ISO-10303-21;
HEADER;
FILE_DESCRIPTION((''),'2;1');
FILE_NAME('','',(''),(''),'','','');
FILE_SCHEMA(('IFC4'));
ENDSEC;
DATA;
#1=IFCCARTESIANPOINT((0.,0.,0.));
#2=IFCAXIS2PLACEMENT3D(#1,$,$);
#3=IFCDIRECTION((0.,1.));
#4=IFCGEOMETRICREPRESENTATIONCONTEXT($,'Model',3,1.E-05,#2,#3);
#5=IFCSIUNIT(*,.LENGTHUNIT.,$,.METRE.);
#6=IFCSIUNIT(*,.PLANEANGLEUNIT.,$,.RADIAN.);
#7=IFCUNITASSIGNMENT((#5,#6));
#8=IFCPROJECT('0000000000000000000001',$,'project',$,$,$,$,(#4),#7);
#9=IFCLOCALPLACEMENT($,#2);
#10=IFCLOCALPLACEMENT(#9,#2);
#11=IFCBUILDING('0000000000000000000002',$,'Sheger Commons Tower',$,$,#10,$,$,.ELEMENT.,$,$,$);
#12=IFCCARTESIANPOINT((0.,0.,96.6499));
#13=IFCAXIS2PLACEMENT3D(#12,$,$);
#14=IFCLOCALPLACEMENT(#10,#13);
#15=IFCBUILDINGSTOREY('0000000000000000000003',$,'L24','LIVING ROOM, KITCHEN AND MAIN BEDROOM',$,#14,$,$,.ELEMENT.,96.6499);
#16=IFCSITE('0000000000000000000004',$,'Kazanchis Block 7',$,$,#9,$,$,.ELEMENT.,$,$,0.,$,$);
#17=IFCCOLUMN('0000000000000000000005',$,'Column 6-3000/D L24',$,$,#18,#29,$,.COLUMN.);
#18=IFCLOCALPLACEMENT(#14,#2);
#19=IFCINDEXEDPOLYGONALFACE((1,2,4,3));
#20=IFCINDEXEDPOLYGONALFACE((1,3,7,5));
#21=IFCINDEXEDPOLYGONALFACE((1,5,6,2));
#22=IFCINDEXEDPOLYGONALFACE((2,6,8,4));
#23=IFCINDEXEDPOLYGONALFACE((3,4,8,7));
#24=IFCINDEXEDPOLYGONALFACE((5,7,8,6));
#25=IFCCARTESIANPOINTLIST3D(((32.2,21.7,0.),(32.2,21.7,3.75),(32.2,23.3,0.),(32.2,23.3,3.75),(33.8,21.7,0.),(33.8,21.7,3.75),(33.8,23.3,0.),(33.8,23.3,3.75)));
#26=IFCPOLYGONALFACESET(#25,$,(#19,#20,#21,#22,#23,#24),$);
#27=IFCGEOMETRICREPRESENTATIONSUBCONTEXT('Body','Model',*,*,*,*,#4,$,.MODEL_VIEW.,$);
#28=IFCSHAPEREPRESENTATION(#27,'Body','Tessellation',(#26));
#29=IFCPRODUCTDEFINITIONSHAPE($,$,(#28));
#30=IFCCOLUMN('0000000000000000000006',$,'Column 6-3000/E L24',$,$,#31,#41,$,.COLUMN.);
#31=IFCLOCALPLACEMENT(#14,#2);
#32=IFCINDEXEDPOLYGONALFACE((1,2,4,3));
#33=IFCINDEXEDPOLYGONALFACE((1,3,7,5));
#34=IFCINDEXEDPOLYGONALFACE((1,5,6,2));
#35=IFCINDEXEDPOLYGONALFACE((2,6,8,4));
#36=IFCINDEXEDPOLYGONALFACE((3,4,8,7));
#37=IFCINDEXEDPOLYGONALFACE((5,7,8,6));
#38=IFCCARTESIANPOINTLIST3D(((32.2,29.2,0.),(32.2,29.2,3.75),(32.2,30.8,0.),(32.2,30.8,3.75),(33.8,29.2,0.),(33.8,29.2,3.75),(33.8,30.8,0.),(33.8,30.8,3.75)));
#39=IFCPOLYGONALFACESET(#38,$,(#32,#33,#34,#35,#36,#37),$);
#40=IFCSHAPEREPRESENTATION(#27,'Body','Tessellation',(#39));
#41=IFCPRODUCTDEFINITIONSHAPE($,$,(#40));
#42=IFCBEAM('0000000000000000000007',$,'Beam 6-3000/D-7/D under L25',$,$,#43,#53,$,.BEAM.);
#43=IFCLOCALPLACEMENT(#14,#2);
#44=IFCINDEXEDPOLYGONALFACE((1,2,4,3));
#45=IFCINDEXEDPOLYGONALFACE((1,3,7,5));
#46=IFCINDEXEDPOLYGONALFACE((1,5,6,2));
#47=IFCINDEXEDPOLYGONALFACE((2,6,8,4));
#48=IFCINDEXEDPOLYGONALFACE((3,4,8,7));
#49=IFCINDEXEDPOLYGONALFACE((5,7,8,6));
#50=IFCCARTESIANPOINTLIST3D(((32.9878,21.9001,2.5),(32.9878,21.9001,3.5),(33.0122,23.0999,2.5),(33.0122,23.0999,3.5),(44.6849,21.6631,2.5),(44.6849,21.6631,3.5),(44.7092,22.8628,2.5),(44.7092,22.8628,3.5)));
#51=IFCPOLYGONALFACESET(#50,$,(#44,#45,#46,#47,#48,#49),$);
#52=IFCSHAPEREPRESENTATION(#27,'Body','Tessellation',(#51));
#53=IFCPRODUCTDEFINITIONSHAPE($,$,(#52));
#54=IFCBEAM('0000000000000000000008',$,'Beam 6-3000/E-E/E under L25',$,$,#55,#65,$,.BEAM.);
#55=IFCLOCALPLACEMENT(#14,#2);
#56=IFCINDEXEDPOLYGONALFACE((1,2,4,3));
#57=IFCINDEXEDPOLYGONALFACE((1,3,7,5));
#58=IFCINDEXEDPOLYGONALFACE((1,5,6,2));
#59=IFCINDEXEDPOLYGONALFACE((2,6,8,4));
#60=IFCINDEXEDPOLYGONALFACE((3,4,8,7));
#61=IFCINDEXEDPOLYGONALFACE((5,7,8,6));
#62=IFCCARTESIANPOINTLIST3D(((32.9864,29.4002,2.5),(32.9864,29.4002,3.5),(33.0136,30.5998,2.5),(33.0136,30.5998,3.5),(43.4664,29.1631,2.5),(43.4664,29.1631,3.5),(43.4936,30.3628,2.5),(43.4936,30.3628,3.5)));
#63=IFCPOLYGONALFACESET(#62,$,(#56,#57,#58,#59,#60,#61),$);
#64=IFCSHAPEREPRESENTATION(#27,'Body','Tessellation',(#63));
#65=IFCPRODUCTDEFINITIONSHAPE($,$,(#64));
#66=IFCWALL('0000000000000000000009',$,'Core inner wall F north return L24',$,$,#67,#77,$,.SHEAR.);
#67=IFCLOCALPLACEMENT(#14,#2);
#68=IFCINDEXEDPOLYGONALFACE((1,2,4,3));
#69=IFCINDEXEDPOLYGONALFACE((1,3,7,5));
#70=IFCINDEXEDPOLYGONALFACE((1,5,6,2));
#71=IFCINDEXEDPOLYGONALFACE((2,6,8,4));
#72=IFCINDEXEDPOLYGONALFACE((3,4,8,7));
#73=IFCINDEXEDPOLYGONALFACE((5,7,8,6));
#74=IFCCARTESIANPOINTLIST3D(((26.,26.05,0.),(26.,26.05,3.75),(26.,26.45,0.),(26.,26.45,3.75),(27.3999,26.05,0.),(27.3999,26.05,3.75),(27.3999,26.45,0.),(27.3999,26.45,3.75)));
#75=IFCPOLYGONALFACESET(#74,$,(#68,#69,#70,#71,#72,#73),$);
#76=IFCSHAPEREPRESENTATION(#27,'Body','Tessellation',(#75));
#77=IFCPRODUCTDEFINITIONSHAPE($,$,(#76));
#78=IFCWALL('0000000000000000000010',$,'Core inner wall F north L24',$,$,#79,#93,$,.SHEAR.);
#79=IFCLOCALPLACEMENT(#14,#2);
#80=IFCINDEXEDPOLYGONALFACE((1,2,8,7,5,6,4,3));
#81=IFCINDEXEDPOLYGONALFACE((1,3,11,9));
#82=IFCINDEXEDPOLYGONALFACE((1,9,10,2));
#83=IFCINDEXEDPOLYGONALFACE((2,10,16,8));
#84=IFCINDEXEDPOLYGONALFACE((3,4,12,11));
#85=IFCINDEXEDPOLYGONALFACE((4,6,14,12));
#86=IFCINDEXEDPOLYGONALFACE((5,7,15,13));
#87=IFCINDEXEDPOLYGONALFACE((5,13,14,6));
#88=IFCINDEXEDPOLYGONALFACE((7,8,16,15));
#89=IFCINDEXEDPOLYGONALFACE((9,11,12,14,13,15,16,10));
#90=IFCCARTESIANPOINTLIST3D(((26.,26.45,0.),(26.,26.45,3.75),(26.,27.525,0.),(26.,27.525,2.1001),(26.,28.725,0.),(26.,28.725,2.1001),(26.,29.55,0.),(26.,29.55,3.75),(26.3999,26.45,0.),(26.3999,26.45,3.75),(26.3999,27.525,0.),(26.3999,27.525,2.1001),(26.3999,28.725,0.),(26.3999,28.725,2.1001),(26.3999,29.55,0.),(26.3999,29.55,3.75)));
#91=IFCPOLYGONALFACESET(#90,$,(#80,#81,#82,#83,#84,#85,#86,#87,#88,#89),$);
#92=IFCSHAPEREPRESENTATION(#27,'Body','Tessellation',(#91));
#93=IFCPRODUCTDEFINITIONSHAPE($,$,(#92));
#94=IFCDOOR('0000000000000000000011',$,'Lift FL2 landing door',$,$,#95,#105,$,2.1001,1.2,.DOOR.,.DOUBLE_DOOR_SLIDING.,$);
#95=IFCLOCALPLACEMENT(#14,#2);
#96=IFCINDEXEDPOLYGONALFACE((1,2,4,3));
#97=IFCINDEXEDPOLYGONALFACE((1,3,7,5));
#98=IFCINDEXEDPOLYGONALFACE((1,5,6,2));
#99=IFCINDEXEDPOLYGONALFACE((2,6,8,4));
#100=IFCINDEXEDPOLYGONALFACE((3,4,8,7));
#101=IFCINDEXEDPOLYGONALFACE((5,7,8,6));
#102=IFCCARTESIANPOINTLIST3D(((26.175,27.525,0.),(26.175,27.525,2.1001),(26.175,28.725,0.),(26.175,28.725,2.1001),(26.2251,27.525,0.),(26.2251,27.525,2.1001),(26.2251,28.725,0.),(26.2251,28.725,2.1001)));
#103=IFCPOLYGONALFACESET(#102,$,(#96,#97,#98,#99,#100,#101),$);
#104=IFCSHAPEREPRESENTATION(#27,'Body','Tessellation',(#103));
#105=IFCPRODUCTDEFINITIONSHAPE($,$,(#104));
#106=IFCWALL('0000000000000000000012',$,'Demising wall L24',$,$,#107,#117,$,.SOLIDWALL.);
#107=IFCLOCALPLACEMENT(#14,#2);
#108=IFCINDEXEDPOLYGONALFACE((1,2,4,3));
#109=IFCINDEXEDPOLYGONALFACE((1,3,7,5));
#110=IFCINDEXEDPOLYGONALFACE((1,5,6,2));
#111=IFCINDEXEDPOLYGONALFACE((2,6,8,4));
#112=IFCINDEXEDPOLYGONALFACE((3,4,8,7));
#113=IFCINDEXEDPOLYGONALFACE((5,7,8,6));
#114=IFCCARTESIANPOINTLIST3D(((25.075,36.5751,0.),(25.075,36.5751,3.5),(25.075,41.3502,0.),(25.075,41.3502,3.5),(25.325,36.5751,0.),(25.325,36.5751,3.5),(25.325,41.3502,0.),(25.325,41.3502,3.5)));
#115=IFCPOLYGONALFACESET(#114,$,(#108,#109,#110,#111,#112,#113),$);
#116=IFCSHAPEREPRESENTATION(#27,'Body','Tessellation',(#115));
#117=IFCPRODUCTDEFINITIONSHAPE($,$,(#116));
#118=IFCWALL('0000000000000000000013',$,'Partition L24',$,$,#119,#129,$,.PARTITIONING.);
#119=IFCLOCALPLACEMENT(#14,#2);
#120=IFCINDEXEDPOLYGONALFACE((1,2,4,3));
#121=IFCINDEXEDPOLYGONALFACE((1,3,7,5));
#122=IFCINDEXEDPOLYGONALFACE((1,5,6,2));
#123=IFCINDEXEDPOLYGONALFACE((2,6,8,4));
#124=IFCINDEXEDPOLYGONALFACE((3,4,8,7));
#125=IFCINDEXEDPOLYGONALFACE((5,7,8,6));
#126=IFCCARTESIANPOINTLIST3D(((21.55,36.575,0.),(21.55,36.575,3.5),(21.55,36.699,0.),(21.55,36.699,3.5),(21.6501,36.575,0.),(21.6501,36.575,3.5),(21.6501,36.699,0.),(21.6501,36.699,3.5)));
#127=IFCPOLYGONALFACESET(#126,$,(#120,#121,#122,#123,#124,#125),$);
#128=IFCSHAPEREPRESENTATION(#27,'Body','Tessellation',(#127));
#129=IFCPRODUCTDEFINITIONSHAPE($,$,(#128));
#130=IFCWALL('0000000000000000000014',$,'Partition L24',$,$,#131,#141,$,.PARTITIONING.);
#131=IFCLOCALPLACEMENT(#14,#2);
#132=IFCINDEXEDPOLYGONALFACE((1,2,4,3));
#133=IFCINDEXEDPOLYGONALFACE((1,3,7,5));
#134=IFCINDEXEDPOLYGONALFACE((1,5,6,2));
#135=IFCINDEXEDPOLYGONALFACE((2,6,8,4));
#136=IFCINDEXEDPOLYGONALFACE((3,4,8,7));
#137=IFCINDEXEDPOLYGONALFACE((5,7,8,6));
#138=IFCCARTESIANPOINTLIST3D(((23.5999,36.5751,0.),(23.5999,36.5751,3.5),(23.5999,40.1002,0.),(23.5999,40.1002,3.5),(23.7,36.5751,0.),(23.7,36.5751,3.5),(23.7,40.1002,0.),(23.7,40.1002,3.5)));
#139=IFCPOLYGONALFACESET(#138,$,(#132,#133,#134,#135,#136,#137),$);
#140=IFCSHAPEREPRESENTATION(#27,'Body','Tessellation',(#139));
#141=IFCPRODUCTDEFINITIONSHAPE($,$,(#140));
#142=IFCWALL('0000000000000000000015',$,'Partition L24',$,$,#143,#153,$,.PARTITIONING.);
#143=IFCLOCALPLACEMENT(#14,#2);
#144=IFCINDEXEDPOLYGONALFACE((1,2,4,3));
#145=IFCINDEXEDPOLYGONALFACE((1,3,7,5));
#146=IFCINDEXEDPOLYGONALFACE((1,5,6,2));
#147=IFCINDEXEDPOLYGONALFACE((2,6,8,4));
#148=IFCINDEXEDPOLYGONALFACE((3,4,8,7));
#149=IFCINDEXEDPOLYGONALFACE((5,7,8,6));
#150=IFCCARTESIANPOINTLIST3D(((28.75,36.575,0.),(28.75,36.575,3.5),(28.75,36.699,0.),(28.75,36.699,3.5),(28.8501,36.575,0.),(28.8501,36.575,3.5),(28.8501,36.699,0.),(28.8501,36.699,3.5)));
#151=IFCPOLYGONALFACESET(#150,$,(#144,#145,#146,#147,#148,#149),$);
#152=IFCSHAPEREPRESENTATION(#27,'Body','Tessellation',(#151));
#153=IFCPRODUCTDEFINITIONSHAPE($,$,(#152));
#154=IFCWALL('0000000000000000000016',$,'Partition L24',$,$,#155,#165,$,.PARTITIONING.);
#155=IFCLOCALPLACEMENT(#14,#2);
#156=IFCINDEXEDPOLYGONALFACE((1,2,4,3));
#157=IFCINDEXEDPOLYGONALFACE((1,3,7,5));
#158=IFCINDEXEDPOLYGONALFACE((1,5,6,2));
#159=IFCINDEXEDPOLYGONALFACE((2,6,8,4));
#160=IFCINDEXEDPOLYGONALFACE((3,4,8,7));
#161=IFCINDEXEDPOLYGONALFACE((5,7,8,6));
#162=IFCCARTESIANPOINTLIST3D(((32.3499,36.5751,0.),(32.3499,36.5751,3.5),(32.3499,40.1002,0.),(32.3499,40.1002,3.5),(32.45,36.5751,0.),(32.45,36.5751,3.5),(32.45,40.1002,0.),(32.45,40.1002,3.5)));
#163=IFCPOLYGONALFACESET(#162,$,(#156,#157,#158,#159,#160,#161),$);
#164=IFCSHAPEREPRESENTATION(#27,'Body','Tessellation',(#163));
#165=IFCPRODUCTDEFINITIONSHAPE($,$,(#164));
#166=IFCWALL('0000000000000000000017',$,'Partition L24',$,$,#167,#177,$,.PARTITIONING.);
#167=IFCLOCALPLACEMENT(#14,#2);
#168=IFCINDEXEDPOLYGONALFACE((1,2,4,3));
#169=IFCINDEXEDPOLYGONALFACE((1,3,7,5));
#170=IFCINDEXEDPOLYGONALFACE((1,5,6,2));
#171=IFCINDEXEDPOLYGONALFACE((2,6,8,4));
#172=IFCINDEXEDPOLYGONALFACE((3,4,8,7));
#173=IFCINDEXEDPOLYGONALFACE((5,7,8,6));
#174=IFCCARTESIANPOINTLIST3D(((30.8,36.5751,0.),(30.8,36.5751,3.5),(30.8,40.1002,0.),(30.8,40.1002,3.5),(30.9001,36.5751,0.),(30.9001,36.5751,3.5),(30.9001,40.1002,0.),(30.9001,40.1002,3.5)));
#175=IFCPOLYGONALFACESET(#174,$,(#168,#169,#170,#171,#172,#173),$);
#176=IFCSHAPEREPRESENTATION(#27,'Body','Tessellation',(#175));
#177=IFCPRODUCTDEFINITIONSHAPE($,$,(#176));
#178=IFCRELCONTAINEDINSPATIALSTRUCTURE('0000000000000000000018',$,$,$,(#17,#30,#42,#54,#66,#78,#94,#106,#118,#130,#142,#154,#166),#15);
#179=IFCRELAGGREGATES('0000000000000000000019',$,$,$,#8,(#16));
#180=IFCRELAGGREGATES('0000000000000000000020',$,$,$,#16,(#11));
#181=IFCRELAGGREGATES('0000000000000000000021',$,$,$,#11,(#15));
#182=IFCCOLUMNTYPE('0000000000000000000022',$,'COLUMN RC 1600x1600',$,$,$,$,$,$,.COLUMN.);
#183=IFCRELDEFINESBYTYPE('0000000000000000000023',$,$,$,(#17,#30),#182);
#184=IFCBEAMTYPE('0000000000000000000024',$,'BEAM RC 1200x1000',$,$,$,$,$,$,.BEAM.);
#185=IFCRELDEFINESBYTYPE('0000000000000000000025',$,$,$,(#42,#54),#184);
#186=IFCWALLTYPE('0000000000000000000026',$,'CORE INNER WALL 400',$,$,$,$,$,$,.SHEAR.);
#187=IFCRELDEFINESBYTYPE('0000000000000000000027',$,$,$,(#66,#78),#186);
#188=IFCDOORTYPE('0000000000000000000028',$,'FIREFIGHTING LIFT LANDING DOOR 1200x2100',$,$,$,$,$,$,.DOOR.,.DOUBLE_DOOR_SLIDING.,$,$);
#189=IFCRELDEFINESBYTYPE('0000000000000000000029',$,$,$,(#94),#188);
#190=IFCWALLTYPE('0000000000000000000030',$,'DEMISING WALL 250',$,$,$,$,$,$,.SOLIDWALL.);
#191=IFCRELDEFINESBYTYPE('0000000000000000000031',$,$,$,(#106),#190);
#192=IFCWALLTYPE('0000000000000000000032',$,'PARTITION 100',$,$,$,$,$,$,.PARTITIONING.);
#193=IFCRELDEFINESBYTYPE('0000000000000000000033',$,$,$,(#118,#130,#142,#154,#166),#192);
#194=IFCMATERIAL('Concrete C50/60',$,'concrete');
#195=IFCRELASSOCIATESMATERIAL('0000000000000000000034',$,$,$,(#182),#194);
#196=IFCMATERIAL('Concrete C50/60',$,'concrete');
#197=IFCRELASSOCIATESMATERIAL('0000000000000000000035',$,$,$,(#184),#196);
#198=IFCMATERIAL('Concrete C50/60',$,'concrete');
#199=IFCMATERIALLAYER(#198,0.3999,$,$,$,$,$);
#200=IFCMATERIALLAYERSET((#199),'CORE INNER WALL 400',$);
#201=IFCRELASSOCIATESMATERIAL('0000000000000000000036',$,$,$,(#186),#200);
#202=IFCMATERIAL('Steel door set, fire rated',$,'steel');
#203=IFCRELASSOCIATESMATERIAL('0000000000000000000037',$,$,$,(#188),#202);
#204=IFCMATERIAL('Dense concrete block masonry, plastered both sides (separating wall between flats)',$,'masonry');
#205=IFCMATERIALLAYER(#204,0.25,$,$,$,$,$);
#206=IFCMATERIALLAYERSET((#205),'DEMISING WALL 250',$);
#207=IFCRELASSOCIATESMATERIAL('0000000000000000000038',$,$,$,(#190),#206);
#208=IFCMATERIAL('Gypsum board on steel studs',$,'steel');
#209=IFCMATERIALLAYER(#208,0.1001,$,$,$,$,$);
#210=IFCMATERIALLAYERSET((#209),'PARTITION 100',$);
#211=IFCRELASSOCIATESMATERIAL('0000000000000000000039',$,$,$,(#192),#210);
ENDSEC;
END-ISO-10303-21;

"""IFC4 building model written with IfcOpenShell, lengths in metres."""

from ifc_helpers import new_model, si_unit, direction, frame, frame_2d, origin, origin_2d, place, context, subcontext, project, spatial, rectangle, extrude, material, layer, layer_set, material_profile, profile_set, type_object, element, fill, save


model = new_model("IFC4")

# Units and contexts
model_context = context("Model", 3, precision=1e-05, world=origin(), true_north=direction((0.0, 1.0)))
body_context = subcontext(model_context, "Body", "Model", "MODEL_VIEW")
ifc_project = project(units=[si_unit("LENGTHUNIT", "METRE"), si_unit("PLANEANGLEUNIT", "RADIAN")], contexts=[model_context])

# Site, building, storey
site_placement = place(None, origin())
site = spatial("IfcSite", under=ifc_project, at=site_placement, Name="Kazanchis Block 7", CompositionType="ELEMENT", RefElevation=0.0)
building_placement = place(site_placement, origin())
building = spatial("IfcBuilding", under=site, at=building_placement, Name="Sheger Commons Tower", CompositionType="ELEMENT")
storey_placement = place(building_placement, frame((0.0, 0.0, 96.6499)))
storey = spatial("IfcBuildingStorey", under=building, at=storey_placement, Name="L24", Description="LIVING ROOM, KITCHEN AND MAIN BEDROOM", CompositionType="ELEMENT", Elevation=96.6499)

# Columns
ifc_material_1 = material(Name="Concrete C50/60", Category="concrete")
ifc_material_profile_1 = material_profile(ifc_material_1, rectangle(XDim=1.6001, YDim=1.6001, at=origin_2d()), Name="RC 1600x1600")
ifc_profile_set_1 = profile_set([ifc_material_profile_1], Name="Concrete C50/60")
column_type = type_object("IfcColumnType", Name="COLUMN RC 1600x1600", PredefinedType="COLUMN", material=ifc_profile_set_1)
for number, where, z_axis, x_axis, name in (
    (1, (33.0, 22.5, 0.0), (0.0, 0.0, 1.0), (1.0, 0.0, 0.0), "Column 6-3000/D L24"),
    (2, (33.0, 30.0, 0.0), (0.0, 0.0, 1.0), (1.0, 0.0, 0.0), "Column 6-3000/E L24"),
):
    element("IfcColumn", number, at=place(storey_placement, frame(where, z_axis=z_axis, x_axis=x_axis)), inside=storey, type_object=column_type, Name=name, PredefinedType="COLUMN", context=body_context, shape_type="SweptSolid", body=[
        extrude(rectangle(XDim=1.6001, YDim=1.6001, at=origin_2d()), origin(), (0.0, 0.0, 1.0), 3.75),
    ])

# Beams
ifc_material_2 = material(Name="Concrete C50/60", Category="concrete")
ifc_material_profile_2 = material_profile(ifc_material_2, rectangle(XDim=1.2, YDim=1.0, at=origin_2d()), Name="RC 1200x1000")
ifc_profile_set_2 = profile_set([ifc_material_profile_2], Name="Concrete C50/60")
beam_type = type_object("IfcBeamType", Name="BEAM RC 1200x1000", PredefinedType="BEAM", material=ifc_profile_set_2)
beam_1_placement = place(storey_placement, frame((33.0, 22.5, 3.0), z_axis=(0.999795, -0.020263, 0.0), x_axis=(0.020263, 0.999795, 0.0)))
element("IfcBeam", 3, at=beam_1_placement, inside=storey, type_object=beam_type, Name="Beam 6-3000/D-7/D under L25", PredefinedType="BEAM", context=body_context, shape_type="SweptSolid", body=[
    extrude(rectangle(XDim=1.2, YDim=1.0, at=origin_2d()), origin(), (0.0, 0.0, 1.0), 11.6995),
])
beam_2_placement = place(storey_placement, frame((33.0, 30.0, 3.0), z_axis=(0.999744, -0.022615, 0.0), x_axis=(0.022615, 0.999744, 0.0)))
element("IfcBeam", 4, at=beam_2_placement, inside=storey, type_object=beam_type, Name="Beam 6-3000/E-E/E under L25", PredefinedType="BEAM", context=body_context, shape_type="SweptSolid", body=[
    extrude(rectangle(XDim=1.2, YDim=1.0, at=origin_2d()), origin(), (0.0, 0.0, 1.0), 10.4827),
])

# Wall
ifc_material_3 = material(Name="Concrete C50/60", Category="concrete")
ifc_layer_1 = layer(ifc_material_3, 0.3999)
ifc_layer_set_1 = layer_set([ifc_layer_1], Name="CORE INNER WALL 400")
wall_type_1 = type_object("IfcWallType", Name="CORE INNER WALL 400", PredefinedType="SHEAR", material=ifc_layer_set_1)
wall_1_placement = place(storey_placement, frame((26.0, 26.25, 0.0), z_axis=(0.0, 0.0, 1.0), x_axis=(1.0, 0.0, 0.0)))
element("IfcWall", 5, at=wall_1_placement, inside=storey, type_object=wall_type_1, Name="Core inner wall F north return L24", PredefinedType="SHEAR", context=body_context, shape_type="SweptSolid", body=[
    extrude(rectangle(XDim=1.3999, YDim=0.3999, at=frame_2d((0.7, 0.0))), origin(), (0.0, 0.0, 1.0), 3.75),
])

# Wall, opening, door
wall_2_placement = place(storey_placement, frame((26.2, 26.45, 0.0), z_axis=(0.0, 0.0, 1.0), x_axis=(0.0, 1.0, 0.0)))
wall_2 = element("IfcWall", 6, at=wall_2_placement, inside=storey, type_object=wall_type_1, Name="Core inner wall F north L24", PredefinedType="SHEAR", context=body_context, shape_type="SweptSolid", body=[
    extrude(rectangle(XDim=3.1001, YDim=0.3999, at=frame_2d((1.55, 0.0))), origin(), (0.0, 0.0, 1.0), 3.75),
])
opening_placement = place(wall_2_placement, frame((1.075, 0.0, 0.0)))
opening = element("IfcOpeningElement", 7, at=opening_placement, cuts=wall_2, PredefinedType="OPENING", context=body_context, shape_type="SweptSolid", body=[
    extrude(rectangle(XDim=1.2, YDim=2.1001, at=frame_2d((0.6001, 1.05))), frame((0.0, 0.21, 0.0), z_axis=(0.0, -1.0, 0.0), x_axis=(1.0, 0.0, 0.0)), (0.0, 0.0, 1.0), 0.4199),
])
ifc_material_4 = material(Name="Steel door set, fire rated", Category="steel")
door_type = type_object("IfcDoorType", Name="FIREFIGHTING LIFT LANDING DOOR 1200x2100", OperationType="DOUBLE_DOOR_SLIDING", PredefinedType="DOOR", material=ifc_material_4)
door_placement = place(opening_placement, origin())
door = element("IfcDoor", 8, at=door_placement, inside=storey, type_object=door_type, Name="Lift FL2 landing door", OperationType="DOUBLE_DOOR_SLIDING", OverallHeight=2.1001, OverallWidth=1.2, PredefinedType="DOOR", context=body_context, shape_type="SweptSolid", body=[
    extrude(rectangle(XDim=1.2, YDim=2.1001, at=frame_2d((0.6001, 1.05))), frame((0.0, 0.0249, 0.0), z_axis=(0.0, -1.0, 0.0), x_axis=(1.0, 0.0, 0.0)), (0.0, 0.0, 1.0), 0.05),
])
fill(opening, door)

# Walls
ifc_material_5 = material(Name="Dense concrete block masonry, plastered both sides (separating wall between flats)", Category="masonry")
ifc_layer_2 = layer(ifc_material_5, 0.25)
ifc_layer_set_2 = layer_set([ifc_layer_2], Name="DEMISING WALL 250")
wall_type_2 = type_object("IfcWallType", Name="DEMISING WALL 250", PredefinedType="SOLIDWALL", material=ifc_layer_set_2)
wall_3_placement = place(storey_placement, frame((25.2, 36.575, 0.0), z_axis=(0.0, 0.0, 1.0), x_axis=(0.0, 1.0, 0.0)))
element("IfcWall", 9, at=wall_3_placement, inside=storey, type_object=wall_type_2, Name="Demising wall L24", PredefinedType="SOLIDWALL", context=body_context, shape_type="SweptSolid", body=[
    extrude(rectangle(XDim=4.7751, YDim=0.25, at=frame_2d((2.3877, 0.0))), origin(), (0.0, 0.0, 1.0), 3.5),
])
ifc_material_6 = material(Name="Gypsum board on steel studs", Category="steel")
ifc_layer_3 = layer(ifc_material_6, 0.1001)
ifc_layer_set_3 = layer_set([ifc_layer_3], Name="PARTITION 100")
wall_type_3 = type_object("IfcWallType", Name="PARTITION 100", PredefinedType="PARTITIONING", material=ifc_layer_set_3)
wall_4_placement = place(storey_placement, frame((21.6001, 36.575, 0.0), z_axis=(0.0, 0.0, 1.0), x_axis=(0.0, 1.0, 0.0)))
element("IfcWall", 10, at=wall_4_placement, inside=storey, type_object=wall_type_3, Name="Partition L24", PredefinedType="PARTITIONING", context=body_context, shape_type="SweptSolid", body=[
    extrude(rectangle(XDim=0.124, YDim=0.1001, at=frame_2d((0.062, 0.0))), origin(), (0.0, 0.0, 1.0), 3.5),
])
wall_5_placement = place(storey_placement, frame((23.6499, 36.575, 0.0), z_axis=(0.0, 0.0, 1.0), x_axis=(0.0, 1.0, 0.0)))
element("IfcWall", 11, at=wall_5_placement, inside=storey, type_object=wall_type_3, Name="Partition L24", PredefinedType="PARTITIONING", context=body_context, shape_type="SweptSolid", body=[
    extrude(rectangle(XDim=3.5251, YDim=0.1001, at=frame_2d((1.7627, 0.0))), origin(), (0.0, 0.0, 1.0), 3.5),
])
wall_6_placement = place(storey_placement, frame((28.8, 36.575, 0.0), z_axis=(0.0, 0.0, 1.0), x_axis=(0.0, 1.0, 0.0)))
element("IfcWall", 12, at=wall_6_placement, inside=storey, type_object=wall_type_3, Name="Partition L24", PredefinedType="PARTITIONING", context=body_context, shape_type="SweptSolid", body=[
    extrude(rectangle(XDim=0.124, YDim=0.1001, at=frame_2d((0.062, 0.0))), origin(), (0.0, 0.0, 1.0), 3.5),
])
for number, where, z_axis, x_axis, name in (
    (13, (32.3999, 36.575, 0.0), (0.0, 0.0, 1.0), (0.0, 1.0, 0.0), "Partition L24"),
    (14, (30.8501, 36.575, 0.0), (0.0, 0.0, 1.0), (0.0, 1.0, 0.0), "Partition L24"),
):
    element("IfcWall", number, at=place(storey_placement, frame(where, z_axis=z_axis, x_axis=x_axis)), inside=storey, type_object=wall_type_3, Name=name, PredefinedType="PARTITIONING", context=body_context, shape_type="SweptSolid", body=[
        extrude(rectangle(XDim=3.5251, YDim=0.1001, at=frame_2d((1.7627, 0.0))), origin(), (0.0, 0.0, 1.0), 3.5),
    ])

save(model, "model.ifc")
